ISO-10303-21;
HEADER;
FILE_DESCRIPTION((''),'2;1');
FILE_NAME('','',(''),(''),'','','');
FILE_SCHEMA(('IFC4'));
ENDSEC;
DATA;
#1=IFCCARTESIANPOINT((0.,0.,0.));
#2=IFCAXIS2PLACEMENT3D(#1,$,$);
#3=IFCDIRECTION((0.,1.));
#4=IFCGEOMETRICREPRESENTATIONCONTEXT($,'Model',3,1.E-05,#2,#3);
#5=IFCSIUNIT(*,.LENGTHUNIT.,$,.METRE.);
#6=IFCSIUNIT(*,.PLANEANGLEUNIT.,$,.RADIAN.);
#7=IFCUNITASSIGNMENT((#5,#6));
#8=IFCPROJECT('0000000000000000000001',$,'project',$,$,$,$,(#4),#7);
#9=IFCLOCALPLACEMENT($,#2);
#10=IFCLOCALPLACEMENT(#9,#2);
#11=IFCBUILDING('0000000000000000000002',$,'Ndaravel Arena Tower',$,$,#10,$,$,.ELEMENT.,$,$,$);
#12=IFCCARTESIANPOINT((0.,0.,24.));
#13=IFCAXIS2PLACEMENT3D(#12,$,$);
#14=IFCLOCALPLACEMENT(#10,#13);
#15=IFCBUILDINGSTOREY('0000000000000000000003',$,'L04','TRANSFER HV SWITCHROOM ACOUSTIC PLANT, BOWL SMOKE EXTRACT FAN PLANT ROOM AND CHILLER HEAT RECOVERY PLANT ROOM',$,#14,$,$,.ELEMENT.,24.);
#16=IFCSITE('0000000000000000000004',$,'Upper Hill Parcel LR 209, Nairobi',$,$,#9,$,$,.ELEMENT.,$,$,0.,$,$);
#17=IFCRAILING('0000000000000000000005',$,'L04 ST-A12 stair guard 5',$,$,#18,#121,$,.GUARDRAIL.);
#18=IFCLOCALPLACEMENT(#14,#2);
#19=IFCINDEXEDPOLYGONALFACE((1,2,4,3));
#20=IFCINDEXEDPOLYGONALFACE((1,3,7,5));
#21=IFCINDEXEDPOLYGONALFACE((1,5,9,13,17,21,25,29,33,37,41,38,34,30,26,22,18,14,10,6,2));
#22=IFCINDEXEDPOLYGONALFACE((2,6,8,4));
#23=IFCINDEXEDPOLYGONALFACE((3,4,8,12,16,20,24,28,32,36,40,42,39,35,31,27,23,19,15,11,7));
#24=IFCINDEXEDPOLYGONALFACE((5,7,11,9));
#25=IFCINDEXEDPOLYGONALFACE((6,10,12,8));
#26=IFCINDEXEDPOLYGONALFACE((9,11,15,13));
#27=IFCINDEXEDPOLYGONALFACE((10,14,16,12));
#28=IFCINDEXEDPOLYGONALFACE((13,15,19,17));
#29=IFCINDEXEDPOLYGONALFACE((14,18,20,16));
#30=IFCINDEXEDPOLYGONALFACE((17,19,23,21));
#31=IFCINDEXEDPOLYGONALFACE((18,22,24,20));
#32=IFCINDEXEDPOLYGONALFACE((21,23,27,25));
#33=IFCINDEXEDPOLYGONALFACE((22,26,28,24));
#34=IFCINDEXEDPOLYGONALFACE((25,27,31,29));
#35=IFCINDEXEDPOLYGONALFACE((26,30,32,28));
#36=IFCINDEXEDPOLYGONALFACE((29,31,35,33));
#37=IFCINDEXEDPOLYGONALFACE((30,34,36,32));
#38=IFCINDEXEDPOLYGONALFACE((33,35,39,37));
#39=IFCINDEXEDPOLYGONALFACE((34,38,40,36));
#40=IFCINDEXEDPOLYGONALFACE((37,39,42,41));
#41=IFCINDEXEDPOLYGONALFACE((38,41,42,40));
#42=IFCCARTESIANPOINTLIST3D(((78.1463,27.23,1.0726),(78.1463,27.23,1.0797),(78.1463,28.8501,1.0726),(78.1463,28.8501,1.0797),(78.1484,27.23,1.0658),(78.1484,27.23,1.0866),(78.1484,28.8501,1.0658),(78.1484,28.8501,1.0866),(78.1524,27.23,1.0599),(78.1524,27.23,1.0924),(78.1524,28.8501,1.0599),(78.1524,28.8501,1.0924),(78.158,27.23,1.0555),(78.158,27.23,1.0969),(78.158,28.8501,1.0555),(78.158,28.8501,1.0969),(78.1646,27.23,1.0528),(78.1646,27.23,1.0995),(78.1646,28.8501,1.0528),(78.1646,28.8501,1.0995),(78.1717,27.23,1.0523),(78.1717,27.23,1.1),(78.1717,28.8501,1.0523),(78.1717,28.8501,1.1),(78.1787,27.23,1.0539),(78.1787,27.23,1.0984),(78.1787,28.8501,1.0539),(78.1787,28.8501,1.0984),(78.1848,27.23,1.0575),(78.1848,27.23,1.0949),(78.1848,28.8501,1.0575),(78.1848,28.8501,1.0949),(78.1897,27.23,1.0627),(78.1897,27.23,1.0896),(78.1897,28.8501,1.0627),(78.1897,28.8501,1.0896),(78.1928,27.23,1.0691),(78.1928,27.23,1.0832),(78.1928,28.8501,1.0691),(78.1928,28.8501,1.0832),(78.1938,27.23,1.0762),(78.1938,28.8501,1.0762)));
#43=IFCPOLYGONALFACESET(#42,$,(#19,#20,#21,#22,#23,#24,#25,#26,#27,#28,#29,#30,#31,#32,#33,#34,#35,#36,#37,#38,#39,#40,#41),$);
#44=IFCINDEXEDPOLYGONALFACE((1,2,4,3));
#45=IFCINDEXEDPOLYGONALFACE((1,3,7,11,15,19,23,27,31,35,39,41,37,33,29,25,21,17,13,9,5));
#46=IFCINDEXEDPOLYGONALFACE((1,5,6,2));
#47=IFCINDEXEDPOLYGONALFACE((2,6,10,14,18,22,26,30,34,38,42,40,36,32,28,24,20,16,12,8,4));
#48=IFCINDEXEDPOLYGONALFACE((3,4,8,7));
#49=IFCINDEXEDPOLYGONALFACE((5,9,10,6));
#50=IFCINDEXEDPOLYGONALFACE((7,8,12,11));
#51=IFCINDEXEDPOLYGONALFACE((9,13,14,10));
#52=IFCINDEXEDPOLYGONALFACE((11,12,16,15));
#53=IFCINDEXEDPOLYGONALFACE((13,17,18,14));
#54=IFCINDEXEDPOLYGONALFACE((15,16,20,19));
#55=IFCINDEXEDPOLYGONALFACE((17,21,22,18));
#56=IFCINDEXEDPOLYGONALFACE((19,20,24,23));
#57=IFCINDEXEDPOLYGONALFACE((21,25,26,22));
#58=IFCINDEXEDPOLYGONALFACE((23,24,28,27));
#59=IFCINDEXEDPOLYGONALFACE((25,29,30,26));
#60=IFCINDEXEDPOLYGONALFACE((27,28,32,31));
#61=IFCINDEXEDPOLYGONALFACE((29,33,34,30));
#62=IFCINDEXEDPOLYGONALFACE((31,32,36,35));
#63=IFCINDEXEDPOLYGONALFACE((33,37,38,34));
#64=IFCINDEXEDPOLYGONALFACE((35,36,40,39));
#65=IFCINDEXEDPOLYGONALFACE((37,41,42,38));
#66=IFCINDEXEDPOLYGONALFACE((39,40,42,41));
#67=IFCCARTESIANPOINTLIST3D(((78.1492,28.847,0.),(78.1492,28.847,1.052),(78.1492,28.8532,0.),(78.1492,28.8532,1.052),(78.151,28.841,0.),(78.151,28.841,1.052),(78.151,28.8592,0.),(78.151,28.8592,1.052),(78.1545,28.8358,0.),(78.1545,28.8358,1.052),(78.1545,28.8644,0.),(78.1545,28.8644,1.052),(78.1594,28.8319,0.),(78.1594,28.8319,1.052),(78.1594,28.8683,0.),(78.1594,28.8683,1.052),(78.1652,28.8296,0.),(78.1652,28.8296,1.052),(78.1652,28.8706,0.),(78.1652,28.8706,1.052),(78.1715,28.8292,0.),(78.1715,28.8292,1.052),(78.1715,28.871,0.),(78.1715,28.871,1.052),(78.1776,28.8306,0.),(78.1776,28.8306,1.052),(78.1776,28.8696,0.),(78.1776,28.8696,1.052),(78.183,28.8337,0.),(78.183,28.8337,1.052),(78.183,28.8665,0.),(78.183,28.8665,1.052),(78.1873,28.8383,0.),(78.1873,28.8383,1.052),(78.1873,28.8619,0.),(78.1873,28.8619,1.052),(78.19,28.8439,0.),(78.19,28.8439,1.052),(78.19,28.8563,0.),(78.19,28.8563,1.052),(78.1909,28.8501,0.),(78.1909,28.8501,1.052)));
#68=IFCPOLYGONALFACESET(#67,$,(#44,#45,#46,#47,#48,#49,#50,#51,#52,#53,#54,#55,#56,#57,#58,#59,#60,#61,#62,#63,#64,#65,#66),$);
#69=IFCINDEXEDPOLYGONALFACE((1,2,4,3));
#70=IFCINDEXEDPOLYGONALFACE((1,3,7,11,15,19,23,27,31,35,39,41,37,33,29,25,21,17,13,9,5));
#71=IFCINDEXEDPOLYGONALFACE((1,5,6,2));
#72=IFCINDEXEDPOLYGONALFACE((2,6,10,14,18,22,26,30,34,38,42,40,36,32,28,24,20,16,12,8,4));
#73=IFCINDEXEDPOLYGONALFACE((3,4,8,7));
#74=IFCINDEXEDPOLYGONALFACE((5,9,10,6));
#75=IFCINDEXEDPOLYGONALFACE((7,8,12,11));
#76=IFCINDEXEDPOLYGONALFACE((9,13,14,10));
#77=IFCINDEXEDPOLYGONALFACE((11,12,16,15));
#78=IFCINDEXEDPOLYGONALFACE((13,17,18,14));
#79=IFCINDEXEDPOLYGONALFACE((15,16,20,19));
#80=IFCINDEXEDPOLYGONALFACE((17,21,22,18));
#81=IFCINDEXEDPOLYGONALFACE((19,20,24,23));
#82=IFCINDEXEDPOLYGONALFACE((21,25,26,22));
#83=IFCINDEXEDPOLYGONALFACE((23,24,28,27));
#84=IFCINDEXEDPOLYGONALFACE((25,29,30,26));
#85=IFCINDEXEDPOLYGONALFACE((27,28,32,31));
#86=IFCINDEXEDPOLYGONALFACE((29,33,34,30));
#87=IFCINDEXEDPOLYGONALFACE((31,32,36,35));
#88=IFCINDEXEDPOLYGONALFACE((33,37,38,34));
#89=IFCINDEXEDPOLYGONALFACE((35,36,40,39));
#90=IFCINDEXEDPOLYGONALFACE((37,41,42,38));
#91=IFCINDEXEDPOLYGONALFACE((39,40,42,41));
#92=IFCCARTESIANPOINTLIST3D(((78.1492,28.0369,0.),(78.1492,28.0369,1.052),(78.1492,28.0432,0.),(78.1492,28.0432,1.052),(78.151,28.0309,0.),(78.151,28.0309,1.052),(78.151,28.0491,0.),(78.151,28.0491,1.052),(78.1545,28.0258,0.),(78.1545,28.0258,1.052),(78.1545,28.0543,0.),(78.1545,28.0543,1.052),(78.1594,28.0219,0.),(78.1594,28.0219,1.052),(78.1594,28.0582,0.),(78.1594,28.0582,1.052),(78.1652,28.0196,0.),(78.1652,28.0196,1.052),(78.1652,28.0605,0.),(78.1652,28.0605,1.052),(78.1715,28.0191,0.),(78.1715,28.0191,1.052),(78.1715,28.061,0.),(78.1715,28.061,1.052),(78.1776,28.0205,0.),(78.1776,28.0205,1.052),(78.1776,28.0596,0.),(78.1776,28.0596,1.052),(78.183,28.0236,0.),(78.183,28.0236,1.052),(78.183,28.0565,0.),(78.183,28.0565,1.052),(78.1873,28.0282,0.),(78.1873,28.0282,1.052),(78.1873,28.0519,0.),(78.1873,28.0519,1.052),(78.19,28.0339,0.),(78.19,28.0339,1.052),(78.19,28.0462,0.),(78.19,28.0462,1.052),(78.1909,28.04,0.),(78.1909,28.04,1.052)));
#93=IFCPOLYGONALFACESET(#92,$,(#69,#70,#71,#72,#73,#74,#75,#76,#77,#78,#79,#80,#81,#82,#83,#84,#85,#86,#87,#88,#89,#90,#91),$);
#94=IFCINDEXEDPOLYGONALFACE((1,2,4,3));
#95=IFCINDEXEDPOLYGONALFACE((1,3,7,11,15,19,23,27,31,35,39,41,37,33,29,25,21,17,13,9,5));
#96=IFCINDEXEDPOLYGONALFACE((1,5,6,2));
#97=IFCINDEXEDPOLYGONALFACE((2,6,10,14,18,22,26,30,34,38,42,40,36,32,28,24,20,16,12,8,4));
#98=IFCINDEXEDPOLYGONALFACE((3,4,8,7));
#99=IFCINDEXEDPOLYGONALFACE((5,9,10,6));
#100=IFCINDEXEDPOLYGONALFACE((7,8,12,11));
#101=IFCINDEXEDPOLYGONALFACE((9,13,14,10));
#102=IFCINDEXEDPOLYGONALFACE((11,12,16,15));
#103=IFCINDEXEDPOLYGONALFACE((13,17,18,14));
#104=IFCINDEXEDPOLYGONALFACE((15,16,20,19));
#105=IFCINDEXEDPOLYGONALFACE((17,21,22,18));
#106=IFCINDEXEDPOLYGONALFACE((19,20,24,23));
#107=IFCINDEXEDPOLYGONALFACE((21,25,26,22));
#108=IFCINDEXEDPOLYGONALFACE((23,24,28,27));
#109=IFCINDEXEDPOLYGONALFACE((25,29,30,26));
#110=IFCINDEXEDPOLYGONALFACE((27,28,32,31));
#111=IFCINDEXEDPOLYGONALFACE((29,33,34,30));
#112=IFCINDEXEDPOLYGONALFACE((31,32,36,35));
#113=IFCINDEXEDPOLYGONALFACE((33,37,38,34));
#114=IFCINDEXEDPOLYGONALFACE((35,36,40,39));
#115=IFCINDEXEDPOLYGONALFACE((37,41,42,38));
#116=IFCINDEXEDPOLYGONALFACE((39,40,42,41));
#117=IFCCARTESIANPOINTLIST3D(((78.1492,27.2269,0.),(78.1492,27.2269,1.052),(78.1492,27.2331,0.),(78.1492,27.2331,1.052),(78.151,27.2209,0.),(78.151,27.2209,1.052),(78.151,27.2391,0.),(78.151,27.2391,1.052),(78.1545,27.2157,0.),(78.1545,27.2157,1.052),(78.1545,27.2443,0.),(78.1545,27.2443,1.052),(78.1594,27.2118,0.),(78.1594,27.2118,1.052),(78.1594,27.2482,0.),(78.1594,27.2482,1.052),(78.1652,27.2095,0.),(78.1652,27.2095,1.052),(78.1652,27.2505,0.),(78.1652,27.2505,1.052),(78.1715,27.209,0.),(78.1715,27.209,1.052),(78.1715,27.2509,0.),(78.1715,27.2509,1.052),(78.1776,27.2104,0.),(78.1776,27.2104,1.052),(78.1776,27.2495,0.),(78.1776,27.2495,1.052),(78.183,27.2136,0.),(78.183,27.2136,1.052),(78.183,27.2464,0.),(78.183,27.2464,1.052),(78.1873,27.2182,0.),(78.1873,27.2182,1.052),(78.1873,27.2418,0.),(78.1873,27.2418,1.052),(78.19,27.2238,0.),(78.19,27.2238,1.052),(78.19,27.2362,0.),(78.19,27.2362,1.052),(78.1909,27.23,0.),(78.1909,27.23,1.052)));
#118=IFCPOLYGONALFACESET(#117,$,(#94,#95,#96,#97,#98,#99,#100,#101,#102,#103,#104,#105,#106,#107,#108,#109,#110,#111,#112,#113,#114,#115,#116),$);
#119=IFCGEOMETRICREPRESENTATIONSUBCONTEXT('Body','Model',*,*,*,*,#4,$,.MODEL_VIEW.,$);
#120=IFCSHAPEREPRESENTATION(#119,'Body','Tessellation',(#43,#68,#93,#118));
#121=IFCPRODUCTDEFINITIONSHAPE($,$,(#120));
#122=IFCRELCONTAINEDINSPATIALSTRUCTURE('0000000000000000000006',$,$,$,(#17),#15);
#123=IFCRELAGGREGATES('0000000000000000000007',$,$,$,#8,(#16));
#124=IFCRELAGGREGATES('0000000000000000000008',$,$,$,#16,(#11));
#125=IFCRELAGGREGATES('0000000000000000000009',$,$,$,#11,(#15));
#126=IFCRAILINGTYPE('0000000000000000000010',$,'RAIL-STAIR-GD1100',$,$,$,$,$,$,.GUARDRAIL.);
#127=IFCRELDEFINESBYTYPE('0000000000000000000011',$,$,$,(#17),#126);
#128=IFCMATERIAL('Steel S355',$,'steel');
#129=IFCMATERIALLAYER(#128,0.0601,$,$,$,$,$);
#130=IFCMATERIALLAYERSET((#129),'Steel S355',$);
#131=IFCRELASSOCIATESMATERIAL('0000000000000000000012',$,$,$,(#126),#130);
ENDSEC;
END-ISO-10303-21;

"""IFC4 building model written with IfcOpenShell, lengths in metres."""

from ifc_helpers import new_model, si_unit, direction, frame, origin, origin_2d, place, context, subcontext, project, spatial, circle, extrude, material, layer, layer_set, type_object, element, save


model = new_model("IFC4")

# Units and contexts
model_context = context("Model", 3, precision=1e-05, world=origin(), true_north=direction((0.0, 1.0)))
body_context = subcontext(model_context, "Body", "Model", "MODEL_VIEW")
ifc_project = project(units=[si_unit("LENGTHUNIT", "METRE"), si_unit("PLANEANGLEUNIT", "RADIAN")], contexts=[model_context])

# Site, building, storey
site_placement = place(None, origin())
site = spatial("IfcSite", under=ifc_project, at=site_placement, Name="Upper Hill Parcel LR 209, Nairobi", CompositionType="ELEMENT", RefElevation=0.0)
building_placement = place(site_placement, origin())
building = spatial("IfcBuilding", under=site, at=building_placement, Name="Ndaravel Arena Tower", CompositionType="ELEMENT")
storey_placement = place(building_placement, frame((0.0, 0.0, 24.0)))
storey = spatial("IfcBuildingStorey", under=building, at=storey_placement, Name="L04", Description="TRANSFER HV SWITCHROOM ACOUSTIC PLANT, BOWL SMOKE EXTRACT FAN PLANT ROOM AND CHILLER HEAT RECOVERY PLANT ROOM", CompositionType="ELEMENT", Elevation=24.0)

# Railing
ifc_material_1 = material(Name="Steel S355", Category="steel")
ifc_layer_1 = layer(ifc_material_1, 0.0601)
ifc_layer_set_1 = layer_set([ifc_layer_1], Name="Steel S355")
railing_type_1 = type_object("IfcRailingType", Name="RAIL-STAIR-GD1100", PredefinedType="GUARDRAIL", material=ifc_layer_set_1)
for number, where, name in (
    (1, (78.1699, 28.8501, 0.0), "L04 ST-A12 stair guard 5"),
):
    element("IfcRailing", number, at=place(storey_placement, frame(where)), inside=storey, type_object=railing_type_1, Name=name, PredefinedType="GUARDRAIL", context=body_context, shape_type="SweptSolid", body=[
        extrude(circle(Radius=0.0239, at=origin_2d()), frame((0.0, 0.0, 1.0762), z_axis=(0.0, -1.0, 0.0), x_axis=(1.0, 0.0, 0.0)), (0.0, 0.0, 1.0), 1.6201),
        extrude(circle(Radius=0.021, at=origin_2d()), origin(), (0.0, 0.0, 1.0), 1.052),
        extrude(circle(Radius=0.021, at=origin_2d()), frame((0.0, -0.8101, 0.0)), (0.0, 0.0, 1.0), 1.052),
        extrude(circle(Radius=0.021, at=origin_2d()), frame((0.0, -1.6201, 0.0)), (0.0, 0.0, 1.0), 1.052),
    ])

save(model, "model.ifc")
